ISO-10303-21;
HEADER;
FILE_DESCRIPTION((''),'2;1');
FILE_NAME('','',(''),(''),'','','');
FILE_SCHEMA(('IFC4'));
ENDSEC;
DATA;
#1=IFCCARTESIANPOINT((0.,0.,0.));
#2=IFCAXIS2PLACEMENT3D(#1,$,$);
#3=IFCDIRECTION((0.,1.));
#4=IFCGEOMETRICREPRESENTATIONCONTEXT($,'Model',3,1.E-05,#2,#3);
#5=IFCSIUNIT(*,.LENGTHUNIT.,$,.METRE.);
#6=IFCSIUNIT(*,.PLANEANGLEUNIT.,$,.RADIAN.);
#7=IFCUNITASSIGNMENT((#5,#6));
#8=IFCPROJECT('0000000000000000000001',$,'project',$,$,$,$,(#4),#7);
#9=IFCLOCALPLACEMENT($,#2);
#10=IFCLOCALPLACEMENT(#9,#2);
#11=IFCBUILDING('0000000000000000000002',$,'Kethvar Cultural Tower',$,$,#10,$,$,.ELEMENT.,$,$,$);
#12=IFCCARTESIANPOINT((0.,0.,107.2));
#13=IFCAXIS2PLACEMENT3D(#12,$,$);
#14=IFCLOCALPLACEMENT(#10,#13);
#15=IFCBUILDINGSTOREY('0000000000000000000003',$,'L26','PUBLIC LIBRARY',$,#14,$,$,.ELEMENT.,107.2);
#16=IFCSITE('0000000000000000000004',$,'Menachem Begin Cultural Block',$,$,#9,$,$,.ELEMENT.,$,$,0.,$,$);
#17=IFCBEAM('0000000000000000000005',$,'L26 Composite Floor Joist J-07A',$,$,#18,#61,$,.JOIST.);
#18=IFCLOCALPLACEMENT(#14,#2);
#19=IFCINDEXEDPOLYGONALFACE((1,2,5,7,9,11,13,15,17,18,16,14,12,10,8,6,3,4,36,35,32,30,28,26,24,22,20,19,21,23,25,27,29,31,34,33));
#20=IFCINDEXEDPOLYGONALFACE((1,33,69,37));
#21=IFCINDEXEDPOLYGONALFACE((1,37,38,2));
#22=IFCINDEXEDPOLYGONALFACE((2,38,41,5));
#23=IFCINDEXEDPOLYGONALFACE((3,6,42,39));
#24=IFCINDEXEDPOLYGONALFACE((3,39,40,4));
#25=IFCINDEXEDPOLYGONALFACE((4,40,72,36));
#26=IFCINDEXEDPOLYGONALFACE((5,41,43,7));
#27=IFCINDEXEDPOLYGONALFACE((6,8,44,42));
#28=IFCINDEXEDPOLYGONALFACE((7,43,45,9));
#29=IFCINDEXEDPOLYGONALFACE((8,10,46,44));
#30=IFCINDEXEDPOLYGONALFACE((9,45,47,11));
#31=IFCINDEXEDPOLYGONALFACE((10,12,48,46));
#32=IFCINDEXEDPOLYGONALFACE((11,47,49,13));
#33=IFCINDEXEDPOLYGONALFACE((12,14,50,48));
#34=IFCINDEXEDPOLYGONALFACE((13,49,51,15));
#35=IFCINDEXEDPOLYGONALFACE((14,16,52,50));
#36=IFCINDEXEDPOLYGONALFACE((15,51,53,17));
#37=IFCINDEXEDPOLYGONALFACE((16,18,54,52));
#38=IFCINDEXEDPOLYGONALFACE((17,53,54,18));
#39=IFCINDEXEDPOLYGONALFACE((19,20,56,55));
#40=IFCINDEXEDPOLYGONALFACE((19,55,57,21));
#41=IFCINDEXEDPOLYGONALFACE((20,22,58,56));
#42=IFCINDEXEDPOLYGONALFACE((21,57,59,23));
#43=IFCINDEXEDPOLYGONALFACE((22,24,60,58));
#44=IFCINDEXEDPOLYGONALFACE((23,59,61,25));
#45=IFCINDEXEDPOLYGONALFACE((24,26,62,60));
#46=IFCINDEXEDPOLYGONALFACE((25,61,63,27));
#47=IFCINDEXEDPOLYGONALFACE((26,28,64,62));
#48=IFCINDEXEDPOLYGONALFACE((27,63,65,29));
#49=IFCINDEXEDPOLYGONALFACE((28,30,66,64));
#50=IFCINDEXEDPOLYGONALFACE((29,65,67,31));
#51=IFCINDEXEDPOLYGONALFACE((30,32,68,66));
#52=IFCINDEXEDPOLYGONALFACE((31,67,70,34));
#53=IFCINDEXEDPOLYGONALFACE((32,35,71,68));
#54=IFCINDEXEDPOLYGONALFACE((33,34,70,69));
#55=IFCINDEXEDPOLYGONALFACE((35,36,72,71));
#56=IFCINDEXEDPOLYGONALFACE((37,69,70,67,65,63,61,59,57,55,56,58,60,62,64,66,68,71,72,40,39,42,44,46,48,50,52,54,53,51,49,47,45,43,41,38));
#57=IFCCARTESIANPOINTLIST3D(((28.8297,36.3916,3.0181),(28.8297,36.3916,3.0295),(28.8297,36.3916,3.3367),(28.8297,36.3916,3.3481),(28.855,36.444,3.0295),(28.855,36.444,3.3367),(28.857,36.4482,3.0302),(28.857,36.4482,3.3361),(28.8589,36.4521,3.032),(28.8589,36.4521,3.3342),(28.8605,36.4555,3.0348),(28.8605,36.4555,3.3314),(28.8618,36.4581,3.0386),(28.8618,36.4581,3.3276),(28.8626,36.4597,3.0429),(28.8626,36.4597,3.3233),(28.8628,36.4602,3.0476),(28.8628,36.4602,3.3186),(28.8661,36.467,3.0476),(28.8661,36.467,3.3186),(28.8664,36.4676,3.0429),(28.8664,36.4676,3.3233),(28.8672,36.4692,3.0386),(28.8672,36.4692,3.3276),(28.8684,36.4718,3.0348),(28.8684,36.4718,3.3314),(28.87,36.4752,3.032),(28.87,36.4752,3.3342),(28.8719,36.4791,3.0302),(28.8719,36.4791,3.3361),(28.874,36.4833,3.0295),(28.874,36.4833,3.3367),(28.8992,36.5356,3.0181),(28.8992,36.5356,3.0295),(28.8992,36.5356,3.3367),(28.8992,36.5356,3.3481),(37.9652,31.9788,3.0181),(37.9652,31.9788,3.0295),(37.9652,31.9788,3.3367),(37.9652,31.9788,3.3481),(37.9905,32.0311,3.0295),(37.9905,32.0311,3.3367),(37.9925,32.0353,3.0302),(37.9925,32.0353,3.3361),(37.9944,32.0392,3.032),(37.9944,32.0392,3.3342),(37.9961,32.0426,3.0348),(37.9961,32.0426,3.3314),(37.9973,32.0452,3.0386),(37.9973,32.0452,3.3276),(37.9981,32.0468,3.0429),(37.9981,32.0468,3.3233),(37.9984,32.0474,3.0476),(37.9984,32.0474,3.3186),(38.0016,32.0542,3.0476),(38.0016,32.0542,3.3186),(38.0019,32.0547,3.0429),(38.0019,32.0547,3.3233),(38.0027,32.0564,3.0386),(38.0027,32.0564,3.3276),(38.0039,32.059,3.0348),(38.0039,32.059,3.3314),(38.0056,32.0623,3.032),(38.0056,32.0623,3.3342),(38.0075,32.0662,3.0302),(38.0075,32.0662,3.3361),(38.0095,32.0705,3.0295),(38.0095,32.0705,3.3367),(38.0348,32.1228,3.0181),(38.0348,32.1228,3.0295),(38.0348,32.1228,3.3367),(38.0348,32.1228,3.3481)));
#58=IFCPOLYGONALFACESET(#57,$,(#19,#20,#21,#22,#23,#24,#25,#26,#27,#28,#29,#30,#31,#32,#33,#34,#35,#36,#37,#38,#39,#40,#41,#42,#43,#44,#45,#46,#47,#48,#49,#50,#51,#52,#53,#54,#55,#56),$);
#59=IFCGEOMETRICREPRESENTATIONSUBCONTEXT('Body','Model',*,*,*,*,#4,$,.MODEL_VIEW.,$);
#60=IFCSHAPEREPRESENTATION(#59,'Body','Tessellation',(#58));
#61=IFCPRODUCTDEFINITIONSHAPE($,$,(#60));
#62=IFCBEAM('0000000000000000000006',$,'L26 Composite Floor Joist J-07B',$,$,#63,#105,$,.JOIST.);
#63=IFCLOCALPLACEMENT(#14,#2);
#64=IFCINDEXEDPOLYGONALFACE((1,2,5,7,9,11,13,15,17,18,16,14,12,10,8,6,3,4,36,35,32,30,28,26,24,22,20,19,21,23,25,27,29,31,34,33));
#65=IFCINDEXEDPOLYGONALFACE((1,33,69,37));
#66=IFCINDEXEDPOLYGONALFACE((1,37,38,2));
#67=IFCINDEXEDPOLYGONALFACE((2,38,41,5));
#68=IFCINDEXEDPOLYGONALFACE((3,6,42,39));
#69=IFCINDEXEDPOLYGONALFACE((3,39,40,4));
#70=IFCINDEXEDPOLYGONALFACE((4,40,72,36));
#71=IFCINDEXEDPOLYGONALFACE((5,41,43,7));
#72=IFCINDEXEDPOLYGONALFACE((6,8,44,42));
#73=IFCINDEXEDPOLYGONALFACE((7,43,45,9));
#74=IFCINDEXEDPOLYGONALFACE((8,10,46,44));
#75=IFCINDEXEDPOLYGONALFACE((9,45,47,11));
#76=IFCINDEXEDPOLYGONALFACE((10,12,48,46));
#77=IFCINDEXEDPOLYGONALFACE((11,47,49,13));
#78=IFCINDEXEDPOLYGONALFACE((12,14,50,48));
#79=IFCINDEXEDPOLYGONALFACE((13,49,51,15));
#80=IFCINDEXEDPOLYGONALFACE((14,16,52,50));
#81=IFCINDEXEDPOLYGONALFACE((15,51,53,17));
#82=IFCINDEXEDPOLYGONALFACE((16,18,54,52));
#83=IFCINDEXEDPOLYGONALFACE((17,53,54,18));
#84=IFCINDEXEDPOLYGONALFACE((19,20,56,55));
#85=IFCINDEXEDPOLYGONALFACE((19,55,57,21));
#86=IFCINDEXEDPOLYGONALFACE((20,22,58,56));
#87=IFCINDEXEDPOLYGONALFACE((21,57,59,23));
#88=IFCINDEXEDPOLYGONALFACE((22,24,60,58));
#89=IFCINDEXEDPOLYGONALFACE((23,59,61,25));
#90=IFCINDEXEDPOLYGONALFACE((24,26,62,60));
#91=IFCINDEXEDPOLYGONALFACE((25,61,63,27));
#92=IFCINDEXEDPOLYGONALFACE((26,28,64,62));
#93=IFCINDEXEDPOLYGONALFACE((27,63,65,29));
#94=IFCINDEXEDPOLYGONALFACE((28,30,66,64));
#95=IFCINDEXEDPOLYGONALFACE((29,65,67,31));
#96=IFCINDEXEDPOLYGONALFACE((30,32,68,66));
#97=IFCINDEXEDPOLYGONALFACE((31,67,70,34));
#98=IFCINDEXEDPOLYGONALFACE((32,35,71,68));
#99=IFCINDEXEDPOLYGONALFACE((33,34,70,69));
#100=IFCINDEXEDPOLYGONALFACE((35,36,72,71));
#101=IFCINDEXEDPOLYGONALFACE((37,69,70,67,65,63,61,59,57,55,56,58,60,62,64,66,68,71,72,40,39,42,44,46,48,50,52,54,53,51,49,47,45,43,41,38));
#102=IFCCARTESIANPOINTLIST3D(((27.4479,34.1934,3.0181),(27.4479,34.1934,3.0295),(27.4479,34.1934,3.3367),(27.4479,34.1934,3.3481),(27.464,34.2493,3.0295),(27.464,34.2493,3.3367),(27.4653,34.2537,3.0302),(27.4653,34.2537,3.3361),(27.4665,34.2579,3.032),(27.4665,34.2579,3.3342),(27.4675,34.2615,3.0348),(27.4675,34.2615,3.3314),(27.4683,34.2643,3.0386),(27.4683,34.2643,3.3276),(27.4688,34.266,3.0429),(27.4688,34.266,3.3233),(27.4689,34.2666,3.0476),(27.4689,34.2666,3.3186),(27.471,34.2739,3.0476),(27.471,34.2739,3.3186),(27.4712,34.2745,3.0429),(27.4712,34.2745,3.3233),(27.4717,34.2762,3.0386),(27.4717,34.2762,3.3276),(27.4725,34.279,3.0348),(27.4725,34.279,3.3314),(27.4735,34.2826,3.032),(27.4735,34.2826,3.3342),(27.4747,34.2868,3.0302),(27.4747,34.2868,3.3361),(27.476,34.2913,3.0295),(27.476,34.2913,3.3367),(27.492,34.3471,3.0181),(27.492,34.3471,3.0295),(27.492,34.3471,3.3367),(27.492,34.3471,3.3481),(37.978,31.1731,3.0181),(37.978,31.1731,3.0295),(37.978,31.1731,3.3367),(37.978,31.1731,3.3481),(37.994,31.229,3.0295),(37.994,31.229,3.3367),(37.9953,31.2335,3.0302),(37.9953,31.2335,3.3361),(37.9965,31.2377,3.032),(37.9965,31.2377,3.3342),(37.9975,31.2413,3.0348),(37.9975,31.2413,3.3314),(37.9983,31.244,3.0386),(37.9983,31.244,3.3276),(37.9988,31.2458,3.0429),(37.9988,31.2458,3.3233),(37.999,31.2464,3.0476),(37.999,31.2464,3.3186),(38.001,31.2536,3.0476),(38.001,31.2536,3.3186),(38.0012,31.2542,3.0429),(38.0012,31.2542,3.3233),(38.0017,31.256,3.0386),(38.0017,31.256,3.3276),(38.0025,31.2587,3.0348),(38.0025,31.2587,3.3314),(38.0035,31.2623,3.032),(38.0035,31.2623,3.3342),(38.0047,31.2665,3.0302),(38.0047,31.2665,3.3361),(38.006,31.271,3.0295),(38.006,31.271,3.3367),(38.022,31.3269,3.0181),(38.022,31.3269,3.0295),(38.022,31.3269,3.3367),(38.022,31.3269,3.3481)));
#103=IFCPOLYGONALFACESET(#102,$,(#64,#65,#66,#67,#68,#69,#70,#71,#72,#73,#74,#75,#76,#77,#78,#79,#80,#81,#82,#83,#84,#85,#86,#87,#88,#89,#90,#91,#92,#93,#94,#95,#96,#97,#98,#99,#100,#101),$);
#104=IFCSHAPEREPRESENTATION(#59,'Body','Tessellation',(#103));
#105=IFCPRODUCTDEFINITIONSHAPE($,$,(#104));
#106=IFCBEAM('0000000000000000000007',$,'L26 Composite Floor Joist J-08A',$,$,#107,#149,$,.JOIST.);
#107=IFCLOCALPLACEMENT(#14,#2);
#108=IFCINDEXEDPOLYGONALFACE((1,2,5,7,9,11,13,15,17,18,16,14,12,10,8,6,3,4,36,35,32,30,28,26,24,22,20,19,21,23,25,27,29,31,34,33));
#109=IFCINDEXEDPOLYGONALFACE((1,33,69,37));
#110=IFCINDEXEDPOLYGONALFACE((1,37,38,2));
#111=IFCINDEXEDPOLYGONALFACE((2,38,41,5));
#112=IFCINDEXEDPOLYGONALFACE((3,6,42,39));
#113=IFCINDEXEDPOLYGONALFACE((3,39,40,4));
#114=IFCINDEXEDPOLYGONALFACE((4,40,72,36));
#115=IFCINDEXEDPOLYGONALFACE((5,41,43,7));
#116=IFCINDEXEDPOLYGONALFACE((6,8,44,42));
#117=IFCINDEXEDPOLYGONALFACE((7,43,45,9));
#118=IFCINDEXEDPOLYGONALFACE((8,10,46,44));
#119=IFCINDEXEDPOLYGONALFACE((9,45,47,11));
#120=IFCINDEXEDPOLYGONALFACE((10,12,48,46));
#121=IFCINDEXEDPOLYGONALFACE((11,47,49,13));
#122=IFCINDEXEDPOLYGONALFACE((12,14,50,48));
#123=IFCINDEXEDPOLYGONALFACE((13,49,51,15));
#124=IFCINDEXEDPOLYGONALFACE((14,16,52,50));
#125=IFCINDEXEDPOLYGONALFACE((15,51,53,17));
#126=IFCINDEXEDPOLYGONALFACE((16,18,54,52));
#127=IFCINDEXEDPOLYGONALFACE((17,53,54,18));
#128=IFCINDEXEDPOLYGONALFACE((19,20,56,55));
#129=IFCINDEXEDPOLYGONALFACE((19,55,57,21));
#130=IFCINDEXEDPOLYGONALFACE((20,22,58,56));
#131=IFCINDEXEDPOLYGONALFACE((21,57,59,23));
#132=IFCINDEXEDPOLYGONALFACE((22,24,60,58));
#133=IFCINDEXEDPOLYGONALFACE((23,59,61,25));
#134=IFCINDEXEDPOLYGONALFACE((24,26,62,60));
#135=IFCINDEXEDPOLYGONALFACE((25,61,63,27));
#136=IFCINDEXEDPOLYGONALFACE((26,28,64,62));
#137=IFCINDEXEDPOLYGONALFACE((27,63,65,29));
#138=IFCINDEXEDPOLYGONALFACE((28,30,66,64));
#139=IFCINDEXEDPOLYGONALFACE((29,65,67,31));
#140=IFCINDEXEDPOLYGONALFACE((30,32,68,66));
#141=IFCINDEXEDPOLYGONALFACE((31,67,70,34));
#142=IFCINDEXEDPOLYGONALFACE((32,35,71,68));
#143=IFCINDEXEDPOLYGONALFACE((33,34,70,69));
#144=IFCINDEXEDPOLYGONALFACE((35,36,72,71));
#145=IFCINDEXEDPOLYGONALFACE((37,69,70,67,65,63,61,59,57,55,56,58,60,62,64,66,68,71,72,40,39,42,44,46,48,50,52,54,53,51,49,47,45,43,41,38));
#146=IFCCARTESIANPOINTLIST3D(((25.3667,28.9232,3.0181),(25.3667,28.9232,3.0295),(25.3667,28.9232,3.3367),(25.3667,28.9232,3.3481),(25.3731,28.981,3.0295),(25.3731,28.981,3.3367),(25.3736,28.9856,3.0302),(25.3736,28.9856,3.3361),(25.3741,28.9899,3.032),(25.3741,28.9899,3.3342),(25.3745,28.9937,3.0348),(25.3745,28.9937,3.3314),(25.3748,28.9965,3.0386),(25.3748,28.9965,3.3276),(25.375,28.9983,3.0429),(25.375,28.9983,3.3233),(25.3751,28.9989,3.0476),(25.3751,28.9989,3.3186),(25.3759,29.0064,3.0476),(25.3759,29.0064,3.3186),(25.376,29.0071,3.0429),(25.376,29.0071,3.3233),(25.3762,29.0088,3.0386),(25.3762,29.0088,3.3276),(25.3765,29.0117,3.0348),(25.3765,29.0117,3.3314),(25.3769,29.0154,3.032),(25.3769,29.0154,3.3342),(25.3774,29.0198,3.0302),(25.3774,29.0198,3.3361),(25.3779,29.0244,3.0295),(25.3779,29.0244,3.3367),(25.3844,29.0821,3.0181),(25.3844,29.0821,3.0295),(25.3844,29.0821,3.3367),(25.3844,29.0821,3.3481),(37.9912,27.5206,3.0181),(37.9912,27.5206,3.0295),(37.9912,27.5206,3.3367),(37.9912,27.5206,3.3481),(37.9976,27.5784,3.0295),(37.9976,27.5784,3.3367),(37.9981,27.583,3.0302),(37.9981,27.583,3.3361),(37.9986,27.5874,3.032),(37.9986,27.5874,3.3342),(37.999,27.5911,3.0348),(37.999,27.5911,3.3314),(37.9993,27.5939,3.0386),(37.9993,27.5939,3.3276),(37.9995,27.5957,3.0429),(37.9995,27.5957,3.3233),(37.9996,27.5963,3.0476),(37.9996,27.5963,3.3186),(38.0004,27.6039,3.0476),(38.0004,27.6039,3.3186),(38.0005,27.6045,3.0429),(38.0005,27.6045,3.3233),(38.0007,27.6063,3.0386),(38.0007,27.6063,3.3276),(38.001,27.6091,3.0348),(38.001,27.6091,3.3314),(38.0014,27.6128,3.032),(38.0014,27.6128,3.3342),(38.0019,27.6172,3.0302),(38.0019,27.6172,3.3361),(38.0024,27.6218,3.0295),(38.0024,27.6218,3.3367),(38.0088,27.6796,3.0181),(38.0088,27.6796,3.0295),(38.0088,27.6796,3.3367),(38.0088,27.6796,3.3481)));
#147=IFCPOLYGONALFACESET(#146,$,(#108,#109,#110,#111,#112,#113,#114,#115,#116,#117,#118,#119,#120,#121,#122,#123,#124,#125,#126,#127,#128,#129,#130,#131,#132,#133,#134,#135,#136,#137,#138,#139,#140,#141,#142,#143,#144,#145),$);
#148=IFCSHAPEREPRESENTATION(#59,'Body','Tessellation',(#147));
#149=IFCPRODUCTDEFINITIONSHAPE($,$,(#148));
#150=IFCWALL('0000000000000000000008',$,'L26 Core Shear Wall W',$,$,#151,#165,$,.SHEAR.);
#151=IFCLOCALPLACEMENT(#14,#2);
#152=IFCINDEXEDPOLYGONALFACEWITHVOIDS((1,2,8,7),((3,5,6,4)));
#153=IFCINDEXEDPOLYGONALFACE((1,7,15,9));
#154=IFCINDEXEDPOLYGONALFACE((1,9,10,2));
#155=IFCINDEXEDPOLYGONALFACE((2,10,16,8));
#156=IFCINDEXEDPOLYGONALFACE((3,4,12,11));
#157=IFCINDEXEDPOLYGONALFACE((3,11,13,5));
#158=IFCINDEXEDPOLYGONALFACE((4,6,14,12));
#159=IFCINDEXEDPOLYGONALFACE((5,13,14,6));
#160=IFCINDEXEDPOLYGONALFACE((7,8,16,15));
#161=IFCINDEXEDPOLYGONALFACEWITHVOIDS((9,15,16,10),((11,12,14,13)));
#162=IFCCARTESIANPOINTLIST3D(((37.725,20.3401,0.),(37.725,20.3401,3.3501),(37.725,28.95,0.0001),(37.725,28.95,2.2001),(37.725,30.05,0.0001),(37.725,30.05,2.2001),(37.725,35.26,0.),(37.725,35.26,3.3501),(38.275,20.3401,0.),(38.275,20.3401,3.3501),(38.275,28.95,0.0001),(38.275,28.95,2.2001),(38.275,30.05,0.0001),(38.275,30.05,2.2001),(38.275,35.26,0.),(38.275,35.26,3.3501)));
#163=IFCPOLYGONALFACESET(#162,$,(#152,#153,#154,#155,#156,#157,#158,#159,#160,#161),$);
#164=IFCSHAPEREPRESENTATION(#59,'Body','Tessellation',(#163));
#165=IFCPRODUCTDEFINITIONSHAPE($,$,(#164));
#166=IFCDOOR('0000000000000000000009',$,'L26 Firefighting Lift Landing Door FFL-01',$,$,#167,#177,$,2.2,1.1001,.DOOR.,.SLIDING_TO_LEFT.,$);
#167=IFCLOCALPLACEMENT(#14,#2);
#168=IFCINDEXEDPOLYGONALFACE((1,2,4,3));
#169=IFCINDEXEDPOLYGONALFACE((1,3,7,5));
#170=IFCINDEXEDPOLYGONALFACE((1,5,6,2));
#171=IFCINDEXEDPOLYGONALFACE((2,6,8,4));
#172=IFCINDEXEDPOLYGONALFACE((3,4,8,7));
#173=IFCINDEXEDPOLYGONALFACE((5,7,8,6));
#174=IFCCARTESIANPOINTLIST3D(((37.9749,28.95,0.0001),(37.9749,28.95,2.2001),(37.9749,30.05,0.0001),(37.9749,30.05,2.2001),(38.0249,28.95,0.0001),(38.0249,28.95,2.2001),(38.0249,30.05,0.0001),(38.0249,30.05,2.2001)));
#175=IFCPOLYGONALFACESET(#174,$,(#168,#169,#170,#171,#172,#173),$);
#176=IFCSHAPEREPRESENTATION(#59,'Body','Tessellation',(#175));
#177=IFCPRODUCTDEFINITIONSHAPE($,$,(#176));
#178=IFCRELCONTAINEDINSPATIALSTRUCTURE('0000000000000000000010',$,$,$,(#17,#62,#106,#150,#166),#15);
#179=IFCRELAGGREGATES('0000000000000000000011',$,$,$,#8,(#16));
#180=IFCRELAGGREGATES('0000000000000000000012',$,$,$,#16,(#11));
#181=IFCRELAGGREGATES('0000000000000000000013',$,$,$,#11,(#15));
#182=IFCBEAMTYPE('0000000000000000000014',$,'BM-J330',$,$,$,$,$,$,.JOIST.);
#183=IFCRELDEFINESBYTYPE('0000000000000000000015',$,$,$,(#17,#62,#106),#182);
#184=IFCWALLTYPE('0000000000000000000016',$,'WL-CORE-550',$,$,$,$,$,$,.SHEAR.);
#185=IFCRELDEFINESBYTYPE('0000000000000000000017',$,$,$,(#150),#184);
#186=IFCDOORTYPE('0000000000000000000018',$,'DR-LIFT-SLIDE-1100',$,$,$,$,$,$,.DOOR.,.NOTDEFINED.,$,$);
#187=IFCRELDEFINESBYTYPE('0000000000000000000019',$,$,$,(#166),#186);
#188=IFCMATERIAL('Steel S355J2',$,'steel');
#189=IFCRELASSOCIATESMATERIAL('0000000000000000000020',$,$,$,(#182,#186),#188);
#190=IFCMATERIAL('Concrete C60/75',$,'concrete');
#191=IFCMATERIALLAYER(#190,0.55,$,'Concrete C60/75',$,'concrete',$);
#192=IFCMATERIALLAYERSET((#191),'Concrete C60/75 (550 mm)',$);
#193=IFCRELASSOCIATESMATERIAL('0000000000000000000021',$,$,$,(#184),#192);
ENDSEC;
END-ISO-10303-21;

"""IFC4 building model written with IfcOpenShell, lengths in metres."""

from ifc_helpers import new_model, si_unit, direction, frame, frame_2d, origin, origin_2d, place, context, subcontext, project, spatial, rectangle, i_section, extrude, source, transform, mapped, material, layer, layer_set, material_profile, profile_set, type_object, element, fill, save


model = new_model("IFC4")

# Units and contexts
model_context = context("Model", 3, precision=1e-05, world=origin(), true_north=direction((0.0, 1.0)))
body_context = subcontext(model_context, "Body", "Model", "MODEL_VIEW")
ifc_project = project(units=[si_unit("LENGTHUNIT", "METRE"), si_unit("PLANEANGLEUNIT", "RADIAN")], contexts=[model_context])

# Site, building, storey
site_placement = place(None, origin())
site = spatial("IfcSite", under=ifc_project, at=site_placement, Name="Menachem Begin Cultural Block", CompositionType="ELEMENT", RefElevation=0.0)
building_placement = place(site_placement, origin())
building = spatial("IfcBuilding", under=site, at=building_placement, Name="Kethvar Cultural Tower", CompositionType="ELEMENT")
storey_placement = place(building_placement, frame((0.0, 0.0, 107.2)))
storey = spatial("IfcBuildingStorey", under=building, at=storey_placement, Name="L26", Description="PUBLIC LIBRARY", CompositionType="ELEMENT", Elevation=107.2)

# Beams
ifc_material_1 = material(Name="Steel S355J2", Category="steel")
ifc_material_profile_1 = material_profile(ifc_material_1, i_section(OverallWidth=0.1599, OverallDepth=0.3301, WebThickness=0.0076, FlangeThickness=0.0115, FilletRadius=0.0181, at=origin_2d()), Name="Steel S355J2 — IPE330")
ifc_profile_set_1 = profile_set([ifc_material_profile_1], Name="Steel S355J2 — IPE330")
beam_type_1 = type_object("IfcBeamType", Name="BM-J330", PredefinedType="JOIST", material=ifc_profile_set_1)
shared_shape_1 = source(origin(), body_context, "Body", "SweptSolid", [
    extrude(i_section(OverallWidth=0.1599, OverallDepth=0.3301, WebThickness=0.0076, FlangeThickness=0.0115, FilletRadius=0.0181, at=origin_2d()), origin(), (0.0, 0.0, 1.0), 10.1455),
])
beam_1_placement = place(storey_placement, frame((38.0, 32.0508, 3.1831), z_axis=(-0.900451, 0.434957, 0.0), x_axis=(-0.434957, -0.900451, 0.0)))
element("IfcBeam", 1, at=beam_1_placement, inside=storey, type_object=beam_type_1, Name="L26 Composite Floor Joist J-07A", PredefinedType="JOIST", context=body_context, shape_type="MappedRepresentation", body=[
    mapped(shared_shape_1, transform((0.0, 0.0, 0.0), scale=1.0)),
])
shared_shape_2 = source(origin(), body_context, "Body", "SweptSolid", [
    extrude(i_section(OverallWidth=0.1599, OverallDepth=0.3301, WebThickness=0.0076, FlangeThickness=0.0115, FilletRadius=0.0181, at=origin_2d()), origin(), (0.0, 0.0, 1.0), 10.9546),
])
beam_2_placement = place(storey_placement, frame((38.0, 31.25, 3.1831), z_axis=(-0.961242, 0.275707, 0.0), x_axis=(-0.275707, -0.961242, 0.0)))
element("IfcBeam", 2, at=beam_2_placement, inside=storey, type_object=beam_type_1, Name="L26 Composite Floor Joist J-07B", PredefinedType="JOIST", context=body_context, shape_type="MappedRepresentation", body=[
    mapped(shared_shape_2, transform((0.0, 0.0, 0.0), scale=1.0)),
])
shared_shape_3 = source(origin(), body_context, "Body", "SweptSolid", [
    extrude(i_section(OverallWidth=0.1599, OverallDepth=0.3301, WebThickness=0.0076, FlangeThickness=0.0115, FilletRadius=0.0181, at=origin_2d()), origin(), (0.0, 0.0, 1.0), 12.7021),
])
beam_3_placement = place(storey_placement, frame((38.0, 27.6001, 3.1831), z_axis=(-0.993885, 0.110421, 0.0), x_axis=(-0.110421, -0.993885, 0.0)))
element("IfcBeam", 3, at=beam_3_placement, inside=storey, type_object=beam_type_1, Name="L26 Composite Floor Joist J-08A", PredefinedType="JOIST", context=body_context, shape_type="MappedRepresentation", body=[
    mapped(shared_shape_3, transform((0.0, 0.0, 0.0), scale=1.0)),
])

# Wall, opening, door
ifc_material_2 = material(Name="Concrete C60/75", Category="concrete")
ifc_layer_1 = layer(ifc_material_2, 0.55, Name="Concrete C60/75", Category="concrete")
ifc_layer_set_1 = layer_set([ifc_layer_1], Name="Concrete C60/75 (550 mm)")
wall_type_1 = type_object("IfcWallType", Name="WL-CORE-550", PredefinedType="SHEAR", material=ifc_layer_set_1)
wall_1_placement = place(storey_placement, frame((38.0, 35.26, 0.0), z_axis=(0.0, 0.0, 1.0), x_axis=(0.0, -1.0, 0.0)))
wall_1 = element("IfcWall", 4, at=wall_1_placement, inside=storey, type_object=wall_type_1, Name="L26 Core Shear Wall W", PredefinedType="SHEAR", context=body_context, shape_type="SweptSolid", body=[
    extrude(rectangle(XDim=14.9199, YDim=0.55, at=frame_2d((7.46, 0.0))), origin(), (0.0, 0.0, 1.0), 3.3501),
])
opening_placement = place(wall_1_placement, frame((5.21, 0.0, 0.0)))
opening = element("IfcOpeningElement", 5, at=opening_placement, cuts=wall_1, PredefinedType="OPENING", context=body_context, shape_type="SweptSolid", body=[
    extrude(rectangle(XDim=1.1001, YDim=2.2, at=frame_2d((0.55, 1.1001))), frame((0.0, 0.2849, 0.0), z_axis=(0.0, -1.0, 0.0), x_axis=(1.0, 0.0, 0.0)), (0.0, 0.0, 1.0), 0.5701),
])
door_type = type_object("IfcDoorType", Name="DR-LIFT-SLIDE-1100", OperationType="NOTDEFINED", PredefinedType="DOOR", material=ifc_material_1)
shared_shape_4 = source(origin(), body_context, "Body", "SweptSolid", [
    extrude(rectangle(XDim=1.1001, YDim=2.2, at=frame_2d((0.55, 1.1001))), frame((0.0, 0.0249, 0.0), z_axis=(0.0, -1.0, 0.0), x_axis=(1.0, 0.0, 0.0)), (0.0, 0.0, 1.0), 0.05),
])
door_placement = place(opening_placement, origin())
door = element("IfcDoor", 6, at=door_placement, inside=storey, type_object=door_type, Name="L26 Firefighting Lift Landing Door FFL-01", OperationType="SLIDING_TO_LEFT", OverallHeight=2.2, OverallWidth=1.1001, PredefinedType="DOOR", context=body_context, shape_type="MappedRepresentation", body=[
    mapped(shared_shape_4, transform((0.0, 0.0, 0.0), scale=1.0)),
])
fill(opening, door)

save(model, "model.ifc")
